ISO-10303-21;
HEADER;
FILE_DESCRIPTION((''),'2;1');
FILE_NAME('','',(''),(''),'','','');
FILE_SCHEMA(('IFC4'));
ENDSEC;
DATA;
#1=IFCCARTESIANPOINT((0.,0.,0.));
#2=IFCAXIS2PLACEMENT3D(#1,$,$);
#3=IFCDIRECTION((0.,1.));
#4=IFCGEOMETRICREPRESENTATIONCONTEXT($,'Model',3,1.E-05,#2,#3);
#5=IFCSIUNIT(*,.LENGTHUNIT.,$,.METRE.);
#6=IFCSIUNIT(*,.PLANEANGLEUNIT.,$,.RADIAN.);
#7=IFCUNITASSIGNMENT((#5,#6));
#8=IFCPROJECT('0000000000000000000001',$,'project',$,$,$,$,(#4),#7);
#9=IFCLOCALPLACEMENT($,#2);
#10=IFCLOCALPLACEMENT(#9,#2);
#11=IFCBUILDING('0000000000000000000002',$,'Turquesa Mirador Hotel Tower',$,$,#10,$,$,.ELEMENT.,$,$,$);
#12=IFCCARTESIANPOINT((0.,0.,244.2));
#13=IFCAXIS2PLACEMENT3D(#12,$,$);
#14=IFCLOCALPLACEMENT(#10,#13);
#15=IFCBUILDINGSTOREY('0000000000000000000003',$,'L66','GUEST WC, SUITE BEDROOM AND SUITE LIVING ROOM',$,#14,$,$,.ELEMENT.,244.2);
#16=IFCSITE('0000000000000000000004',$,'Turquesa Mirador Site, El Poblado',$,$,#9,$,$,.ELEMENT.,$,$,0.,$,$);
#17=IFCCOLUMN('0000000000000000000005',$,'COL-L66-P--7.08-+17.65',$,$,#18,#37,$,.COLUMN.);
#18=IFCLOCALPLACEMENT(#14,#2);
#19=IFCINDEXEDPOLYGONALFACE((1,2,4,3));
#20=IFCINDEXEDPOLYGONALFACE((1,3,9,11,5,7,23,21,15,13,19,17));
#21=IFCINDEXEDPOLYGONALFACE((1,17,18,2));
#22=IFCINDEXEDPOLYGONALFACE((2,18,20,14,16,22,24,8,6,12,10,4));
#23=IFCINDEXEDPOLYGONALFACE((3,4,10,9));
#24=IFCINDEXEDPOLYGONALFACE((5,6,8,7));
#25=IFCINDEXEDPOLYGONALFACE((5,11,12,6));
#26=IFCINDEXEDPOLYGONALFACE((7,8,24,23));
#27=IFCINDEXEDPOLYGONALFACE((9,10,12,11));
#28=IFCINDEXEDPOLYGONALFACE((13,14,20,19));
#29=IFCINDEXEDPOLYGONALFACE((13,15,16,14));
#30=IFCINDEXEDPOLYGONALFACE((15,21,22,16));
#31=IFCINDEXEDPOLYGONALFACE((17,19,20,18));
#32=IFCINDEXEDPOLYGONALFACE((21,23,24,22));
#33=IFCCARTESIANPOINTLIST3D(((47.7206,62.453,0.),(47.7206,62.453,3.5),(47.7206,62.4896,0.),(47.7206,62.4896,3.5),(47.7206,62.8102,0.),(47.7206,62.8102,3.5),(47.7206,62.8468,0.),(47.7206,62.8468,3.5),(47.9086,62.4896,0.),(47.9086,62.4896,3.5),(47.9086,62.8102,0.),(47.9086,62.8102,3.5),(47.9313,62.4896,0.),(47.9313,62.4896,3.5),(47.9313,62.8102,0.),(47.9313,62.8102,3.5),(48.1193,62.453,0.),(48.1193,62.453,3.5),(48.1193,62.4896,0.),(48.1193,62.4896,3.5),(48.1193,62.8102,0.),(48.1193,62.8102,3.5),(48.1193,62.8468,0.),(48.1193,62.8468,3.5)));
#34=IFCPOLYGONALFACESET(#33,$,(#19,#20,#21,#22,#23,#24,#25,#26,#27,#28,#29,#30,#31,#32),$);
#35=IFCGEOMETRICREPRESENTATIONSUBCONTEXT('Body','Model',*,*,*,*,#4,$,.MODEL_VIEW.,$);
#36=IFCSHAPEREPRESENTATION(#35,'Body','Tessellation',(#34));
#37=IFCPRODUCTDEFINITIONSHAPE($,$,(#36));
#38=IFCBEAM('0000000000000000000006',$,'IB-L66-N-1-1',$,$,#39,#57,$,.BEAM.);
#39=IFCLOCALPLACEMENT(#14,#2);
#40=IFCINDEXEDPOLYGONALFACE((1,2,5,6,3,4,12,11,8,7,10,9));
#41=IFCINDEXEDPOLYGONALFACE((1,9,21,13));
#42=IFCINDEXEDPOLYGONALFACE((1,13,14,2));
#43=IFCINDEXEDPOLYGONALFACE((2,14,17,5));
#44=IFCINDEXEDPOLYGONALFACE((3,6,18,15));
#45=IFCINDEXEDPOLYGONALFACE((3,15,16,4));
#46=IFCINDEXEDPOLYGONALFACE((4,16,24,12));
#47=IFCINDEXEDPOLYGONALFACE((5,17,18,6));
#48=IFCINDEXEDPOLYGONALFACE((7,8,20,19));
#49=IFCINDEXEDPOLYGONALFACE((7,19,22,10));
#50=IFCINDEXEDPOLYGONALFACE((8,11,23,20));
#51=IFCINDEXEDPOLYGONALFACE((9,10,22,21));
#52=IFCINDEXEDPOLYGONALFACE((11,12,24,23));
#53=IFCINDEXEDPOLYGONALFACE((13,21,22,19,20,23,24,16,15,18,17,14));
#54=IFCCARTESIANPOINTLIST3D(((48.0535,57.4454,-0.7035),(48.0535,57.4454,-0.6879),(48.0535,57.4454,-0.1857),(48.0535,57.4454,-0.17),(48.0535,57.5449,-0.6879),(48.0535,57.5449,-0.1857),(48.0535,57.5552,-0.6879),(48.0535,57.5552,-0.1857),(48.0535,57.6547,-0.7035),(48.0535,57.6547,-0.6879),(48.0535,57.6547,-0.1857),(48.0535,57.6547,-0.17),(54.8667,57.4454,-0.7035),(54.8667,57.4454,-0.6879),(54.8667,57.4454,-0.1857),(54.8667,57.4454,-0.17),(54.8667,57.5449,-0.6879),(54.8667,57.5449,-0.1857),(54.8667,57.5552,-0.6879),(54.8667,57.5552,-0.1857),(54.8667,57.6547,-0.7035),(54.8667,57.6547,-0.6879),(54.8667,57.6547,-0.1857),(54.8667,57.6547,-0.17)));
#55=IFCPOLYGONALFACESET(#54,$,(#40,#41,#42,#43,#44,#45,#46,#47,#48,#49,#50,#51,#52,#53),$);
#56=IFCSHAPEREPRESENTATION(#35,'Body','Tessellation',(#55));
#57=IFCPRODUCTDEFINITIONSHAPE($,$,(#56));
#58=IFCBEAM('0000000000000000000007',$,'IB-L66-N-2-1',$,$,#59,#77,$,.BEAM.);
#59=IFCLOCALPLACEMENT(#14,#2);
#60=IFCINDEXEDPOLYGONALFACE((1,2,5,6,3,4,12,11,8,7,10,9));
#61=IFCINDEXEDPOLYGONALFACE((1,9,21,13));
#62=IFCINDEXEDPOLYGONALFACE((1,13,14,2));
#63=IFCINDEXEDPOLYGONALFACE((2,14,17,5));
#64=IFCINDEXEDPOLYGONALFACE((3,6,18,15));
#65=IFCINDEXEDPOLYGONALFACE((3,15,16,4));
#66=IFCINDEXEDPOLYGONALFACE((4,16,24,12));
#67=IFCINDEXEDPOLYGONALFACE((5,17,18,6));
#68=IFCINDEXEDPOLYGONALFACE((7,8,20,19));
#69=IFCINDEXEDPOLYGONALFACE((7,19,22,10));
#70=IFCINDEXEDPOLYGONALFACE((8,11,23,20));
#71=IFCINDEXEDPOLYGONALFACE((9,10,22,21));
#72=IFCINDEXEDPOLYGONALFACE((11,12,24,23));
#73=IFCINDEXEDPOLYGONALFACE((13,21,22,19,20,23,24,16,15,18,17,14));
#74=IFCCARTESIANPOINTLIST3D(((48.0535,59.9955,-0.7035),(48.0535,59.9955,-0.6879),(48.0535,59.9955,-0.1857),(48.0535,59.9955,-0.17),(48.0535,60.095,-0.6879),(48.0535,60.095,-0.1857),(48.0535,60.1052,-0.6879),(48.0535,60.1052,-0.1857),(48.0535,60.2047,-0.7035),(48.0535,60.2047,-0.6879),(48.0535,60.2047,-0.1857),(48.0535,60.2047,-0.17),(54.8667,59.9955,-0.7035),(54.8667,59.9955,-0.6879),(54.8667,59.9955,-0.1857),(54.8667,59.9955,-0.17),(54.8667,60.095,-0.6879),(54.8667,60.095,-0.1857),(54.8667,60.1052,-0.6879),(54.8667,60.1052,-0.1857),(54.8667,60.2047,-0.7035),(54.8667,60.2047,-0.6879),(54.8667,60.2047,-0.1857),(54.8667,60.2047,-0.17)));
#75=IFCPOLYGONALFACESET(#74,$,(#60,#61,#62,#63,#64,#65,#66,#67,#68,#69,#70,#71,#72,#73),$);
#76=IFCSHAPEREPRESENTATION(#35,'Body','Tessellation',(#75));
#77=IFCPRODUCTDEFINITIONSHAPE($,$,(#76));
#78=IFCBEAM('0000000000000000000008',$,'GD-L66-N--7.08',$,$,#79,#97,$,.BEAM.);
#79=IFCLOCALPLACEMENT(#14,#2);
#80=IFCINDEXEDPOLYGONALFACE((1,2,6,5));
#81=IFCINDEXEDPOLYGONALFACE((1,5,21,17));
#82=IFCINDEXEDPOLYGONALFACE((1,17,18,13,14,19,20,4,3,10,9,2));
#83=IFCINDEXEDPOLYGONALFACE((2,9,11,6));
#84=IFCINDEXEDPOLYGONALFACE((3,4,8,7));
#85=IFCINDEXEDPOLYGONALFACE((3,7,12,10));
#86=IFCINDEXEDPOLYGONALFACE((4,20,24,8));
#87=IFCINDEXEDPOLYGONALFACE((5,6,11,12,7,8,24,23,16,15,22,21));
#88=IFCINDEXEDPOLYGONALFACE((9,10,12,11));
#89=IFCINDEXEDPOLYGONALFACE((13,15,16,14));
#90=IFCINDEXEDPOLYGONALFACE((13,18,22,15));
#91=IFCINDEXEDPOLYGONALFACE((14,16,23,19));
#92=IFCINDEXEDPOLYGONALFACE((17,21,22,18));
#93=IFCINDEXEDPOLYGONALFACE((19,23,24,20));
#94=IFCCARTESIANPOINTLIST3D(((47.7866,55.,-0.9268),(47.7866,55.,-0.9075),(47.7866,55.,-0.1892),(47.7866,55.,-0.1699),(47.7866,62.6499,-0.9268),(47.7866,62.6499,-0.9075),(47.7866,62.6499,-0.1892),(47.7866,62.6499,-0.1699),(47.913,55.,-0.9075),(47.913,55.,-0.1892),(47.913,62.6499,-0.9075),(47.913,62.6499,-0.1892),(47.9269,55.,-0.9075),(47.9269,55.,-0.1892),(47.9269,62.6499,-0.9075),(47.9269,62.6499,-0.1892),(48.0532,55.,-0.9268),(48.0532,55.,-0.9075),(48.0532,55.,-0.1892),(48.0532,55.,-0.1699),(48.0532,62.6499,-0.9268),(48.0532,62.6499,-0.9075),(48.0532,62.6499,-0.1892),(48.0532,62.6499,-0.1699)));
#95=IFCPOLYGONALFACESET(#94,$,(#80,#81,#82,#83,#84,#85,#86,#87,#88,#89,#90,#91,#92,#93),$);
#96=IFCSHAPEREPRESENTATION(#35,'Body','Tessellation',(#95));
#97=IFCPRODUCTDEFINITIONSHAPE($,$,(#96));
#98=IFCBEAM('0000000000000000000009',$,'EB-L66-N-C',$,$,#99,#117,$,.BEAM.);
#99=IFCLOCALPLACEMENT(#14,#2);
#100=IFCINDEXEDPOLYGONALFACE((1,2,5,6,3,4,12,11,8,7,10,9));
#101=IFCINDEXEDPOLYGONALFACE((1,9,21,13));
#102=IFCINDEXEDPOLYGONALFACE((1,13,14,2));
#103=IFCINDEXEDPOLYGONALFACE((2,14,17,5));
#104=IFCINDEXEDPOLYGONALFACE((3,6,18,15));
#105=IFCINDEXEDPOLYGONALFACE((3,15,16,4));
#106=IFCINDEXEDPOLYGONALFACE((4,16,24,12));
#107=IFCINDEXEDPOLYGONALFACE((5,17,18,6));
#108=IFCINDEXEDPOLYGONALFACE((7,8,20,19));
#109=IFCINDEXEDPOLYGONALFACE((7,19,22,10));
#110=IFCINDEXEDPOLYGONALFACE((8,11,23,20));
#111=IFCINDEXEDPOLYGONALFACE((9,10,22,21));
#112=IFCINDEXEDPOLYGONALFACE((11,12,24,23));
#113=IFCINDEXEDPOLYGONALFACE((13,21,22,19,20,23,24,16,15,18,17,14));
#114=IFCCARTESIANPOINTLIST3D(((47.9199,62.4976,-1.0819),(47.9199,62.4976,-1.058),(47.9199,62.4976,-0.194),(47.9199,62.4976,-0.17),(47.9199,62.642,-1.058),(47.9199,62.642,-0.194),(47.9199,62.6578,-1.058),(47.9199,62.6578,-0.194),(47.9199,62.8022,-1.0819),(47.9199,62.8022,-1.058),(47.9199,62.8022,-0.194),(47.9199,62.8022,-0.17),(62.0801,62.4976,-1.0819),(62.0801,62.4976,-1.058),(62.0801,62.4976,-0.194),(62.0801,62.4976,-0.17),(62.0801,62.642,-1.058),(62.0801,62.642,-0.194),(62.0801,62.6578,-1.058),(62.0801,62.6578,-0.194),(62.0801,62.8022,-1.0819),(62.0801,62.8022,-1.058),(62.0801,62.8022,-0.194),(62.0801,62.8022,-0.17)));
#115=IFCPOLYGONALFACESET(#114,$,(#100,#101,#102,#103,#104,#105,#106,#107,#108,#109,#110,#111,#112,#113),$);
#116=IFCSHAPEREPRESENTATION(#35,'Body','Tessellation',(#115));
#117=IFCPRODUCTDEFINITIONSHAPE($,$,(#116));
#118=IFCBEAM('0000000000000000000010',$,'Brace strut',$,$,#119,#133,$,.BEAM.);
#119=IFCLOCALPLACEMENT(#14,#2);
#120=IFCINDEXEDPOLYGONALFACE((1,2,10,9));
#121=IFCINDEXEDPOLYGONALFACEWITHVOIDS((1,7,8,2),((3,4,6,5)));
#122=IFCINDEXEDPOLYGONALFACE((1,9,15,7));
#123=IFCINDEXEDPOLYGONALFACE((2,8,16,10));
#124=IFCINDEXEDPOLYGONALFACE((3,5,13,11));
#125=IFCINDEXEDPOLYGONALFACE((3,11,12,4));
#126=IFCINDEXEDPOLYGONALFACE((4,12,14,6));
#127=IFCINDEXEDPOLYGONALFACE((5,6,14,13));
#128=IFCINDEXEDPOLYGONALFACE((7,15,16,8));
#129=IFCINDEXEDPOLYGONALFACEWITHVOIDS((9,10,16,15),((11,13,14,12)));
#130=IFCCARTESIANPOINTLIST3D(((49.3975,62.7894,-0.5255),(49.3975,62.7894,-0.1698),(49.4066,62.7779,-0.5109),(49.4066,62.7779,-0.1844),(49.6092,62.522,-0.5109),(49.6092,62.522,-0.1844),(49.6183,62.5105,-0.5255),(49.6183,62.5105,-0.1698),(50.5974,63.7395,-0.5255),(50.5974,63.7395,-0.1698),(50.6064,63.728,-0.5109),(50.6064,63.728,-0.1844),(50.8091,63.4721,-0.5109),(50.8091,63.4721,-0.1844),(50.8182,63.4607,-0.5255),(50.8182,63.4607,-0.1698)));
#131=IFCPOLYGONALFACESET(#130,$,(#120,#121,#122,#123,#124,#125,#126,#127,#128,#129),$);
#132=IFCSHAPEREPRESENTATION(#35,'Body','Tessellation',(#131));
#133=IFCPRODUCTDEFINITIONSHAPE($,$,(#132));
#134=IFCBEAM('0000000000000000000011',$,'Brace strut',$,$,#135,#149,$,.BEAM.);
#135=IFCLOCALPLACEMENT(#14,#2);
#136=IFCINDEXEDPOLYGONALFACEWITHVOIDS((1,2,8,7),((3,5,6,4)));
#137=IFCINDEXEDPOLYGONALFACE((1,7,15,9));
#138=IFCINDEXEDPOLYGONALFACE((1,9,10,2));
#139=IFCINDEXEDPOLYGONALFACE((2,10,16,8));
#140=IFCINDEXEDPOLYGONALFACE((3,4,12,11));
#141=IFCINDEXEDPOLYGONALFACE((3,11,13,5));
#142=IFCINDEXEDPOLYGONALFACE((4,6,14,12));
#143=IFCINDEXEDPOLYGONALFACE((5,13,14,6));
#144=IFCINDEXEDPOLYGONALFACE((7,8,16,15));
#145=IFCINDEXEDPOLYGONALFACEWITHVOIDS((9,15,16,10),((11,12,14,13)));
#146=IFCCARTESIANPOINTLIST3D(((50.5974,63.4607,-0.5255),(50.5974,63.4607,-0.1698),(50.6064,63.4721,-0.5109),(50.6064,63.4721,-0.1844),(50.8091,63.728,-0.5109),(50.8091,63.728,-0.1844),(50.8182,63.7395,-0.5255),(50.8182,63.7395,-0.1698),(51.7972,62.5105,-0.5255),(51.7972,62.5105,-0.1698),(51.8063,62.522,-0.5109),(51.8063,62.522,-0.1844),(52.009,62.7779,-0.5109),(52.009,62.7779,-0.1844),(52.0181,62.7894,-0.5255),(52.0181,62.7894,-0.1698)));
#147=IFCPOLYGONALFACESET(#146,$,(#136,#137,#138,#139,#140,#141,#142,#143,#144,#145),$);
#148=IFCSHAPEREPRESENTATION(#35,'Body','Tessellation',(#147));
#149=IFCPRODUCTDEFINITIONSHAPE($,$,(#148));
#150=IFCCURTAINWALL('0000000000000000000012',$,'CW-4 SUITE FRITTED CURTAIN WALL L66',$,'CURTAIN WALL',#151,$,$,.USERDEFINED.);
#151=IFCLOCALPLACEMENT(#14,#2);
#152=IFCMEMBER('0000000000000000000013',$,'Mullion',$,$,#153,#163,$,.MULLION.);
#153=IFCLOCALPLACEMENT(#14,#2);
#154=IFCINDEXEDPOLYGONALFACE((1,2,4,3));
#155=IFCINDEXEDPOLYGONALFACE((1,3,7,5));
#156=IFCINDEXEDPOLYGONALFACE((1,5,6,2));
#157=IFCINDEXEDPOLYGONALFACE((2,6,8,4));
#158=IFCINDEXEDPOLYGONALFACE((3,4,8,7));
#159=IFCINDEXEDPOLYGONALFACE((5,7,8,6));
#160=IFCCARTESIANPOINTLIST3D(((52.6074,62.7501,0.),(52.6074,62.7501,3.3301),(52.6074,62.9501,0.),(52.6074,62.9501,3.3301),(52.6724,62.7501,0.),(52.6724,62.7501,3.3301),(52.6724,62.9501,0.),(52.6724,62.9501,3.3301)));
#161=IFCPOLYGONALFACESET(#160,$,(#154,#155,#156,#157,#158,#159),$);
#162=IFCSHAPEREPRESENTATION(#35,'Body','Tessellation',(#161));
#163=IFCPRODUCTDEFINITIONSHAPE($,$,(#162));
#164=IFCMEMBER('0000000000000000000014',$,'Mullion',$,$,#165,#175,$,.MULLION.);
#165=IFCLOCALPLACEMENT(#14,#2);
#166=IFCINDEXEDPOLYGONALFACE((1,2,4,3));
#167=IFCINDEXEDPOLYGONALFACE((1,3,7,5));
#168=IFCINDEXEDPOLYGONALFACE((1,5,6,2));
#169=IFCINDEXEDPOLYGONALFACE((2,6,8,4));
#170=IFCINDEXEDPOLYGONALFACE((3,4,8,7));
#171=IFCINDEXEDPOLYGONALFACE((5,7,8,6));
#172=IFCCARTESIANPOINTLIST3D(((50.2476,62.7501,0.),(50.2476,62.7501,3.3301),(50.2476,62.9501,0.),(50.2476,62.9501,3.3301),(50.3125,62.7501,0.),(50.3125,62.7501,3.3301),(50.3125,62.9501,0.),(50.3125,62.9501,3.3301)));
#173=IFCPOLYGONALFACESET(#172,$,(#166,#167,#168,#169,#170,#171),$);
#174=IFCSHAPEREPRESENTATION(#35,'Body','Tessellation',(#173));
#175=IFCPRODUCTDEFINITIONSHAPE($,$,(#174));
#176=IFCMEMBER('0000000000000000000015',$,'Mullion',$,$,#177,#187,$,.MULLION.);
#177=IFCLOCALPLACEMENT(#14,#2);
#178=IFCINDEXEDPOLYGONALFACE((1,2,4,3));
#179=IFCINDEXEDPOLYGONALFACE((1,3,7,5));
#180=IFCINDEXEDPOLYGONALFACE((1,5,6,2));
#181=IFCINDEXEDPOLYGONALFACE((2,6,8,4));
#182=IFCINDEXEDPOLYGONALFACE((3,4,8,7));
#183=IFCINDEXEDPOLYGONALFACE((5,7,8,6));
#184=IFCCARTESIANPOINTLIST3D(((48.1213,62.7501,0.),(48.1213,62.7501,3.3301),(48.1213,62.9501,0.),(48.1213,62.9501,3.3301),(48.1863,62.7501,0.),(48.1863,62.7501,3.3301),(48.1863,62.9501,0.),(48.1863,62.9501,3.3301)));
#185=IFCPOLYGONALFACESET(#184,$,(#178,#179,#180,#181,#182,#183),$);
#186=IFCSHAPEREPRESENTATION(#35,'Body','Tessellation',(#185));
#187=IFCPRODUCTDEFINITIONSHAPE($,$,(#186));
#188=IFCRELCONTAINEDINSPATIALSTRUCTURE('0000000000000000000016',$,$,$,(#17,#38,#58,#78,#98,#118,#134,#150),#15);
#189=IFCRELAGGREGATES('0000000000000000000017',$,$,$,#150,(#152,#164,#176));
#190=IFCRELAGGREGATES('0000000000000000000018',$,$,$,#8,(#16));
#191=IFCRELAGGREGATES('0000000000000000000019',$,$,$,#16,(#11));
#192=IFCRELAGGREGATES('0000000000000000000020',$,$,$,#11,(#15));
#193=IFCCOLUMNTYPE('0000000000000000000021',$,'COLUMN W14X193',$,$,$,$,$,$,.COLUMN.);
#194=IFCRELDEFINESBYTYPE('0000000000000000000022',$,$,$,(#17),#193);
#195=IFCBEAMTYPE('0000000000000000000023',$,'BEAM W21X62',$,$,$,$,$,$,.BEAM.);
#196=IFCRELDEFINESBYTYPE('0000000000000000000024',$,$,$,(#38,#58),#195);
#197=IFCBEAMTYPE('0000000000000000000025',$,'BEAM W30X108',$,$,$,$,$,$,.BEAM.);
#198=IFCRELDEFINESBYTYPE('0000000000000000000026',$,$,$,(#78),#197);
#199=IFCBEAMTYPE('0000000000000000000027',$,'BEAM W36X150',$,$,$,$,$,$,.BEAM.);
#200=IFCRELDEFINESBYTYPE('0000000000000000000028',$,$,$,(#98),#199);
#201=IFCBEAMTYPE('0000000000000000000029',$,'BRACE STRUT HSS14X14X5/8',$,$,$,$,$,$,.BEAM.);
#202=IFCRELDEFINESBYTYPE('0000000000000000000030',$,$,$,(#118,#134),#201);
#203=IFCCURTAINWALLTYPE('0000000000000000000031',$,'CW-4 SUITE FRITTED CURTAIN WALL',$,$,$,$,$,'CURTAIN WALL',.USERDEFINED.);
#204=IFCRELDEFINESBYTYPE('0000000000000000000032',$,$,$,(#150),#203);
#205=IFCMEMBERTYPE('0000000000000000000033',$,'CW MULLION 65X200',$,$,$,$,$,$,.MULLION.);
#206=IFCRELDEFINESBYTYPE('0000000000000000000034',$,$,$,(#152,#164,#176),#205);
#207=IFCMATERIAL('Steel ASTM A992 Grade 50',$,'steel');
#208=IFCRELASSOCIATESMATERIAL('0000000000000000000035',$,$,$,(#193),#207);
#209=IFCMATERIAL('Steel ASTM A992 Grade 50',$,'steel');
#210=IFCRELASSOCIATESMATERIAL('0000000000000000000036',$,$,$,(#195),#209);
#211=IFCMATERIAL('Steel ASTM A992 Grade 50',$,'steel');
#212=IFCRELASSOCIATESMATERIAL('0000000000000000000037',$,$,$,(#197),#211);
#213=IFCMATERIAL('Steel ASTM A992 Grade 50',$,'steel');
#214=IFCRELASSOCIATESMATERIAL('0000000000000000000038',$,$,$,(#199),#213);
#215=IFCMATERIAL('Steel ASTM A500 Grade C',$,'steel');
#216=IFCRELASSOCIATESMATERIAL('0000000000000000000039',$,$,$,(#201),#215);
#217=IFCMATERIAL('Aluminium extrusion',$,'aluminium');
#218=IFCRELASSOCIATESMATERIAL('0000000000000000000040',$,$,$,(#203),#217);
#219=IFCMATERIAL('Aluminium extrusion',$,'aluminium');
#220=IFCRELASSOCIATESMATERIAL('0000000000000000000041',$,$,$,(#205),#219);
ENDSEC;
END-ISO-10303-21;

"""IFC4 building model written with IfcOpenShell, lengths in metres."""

from ifc_helpers import new_model, si_unit, direction, frame, origin, origin_2d, place, context, subcontext, project, spatial, rectangle, hollow_rectangle, i_section, extrude, material, material_profile, profile_set, type_object, element, aggregate, save


model = new_model("IFC4")

# Units and contexts
model_context = context("Model", 3, precision=1e-05, world=origin(), true_north=direction((0.0, 1.0)))
body_context = subcontext(model_context, "Body", "Model", "MODEL_VIEW")
ifc_project = project(units=[si_unit("LENGTHUNIT", "METRE"), si_unit("PLANEANGLEUNIT", "RADIAN")], contexts=[model_context])

# Site, building, storey
site_placement = place(None, origin())
site = spatial("IfcSite", under=ifc_project, at=site_placement, Name="Turquesa Mirador Site, El Poblado", CompositionType="ELEMENT", RefElevation=0.0)
building_placement = place(site_placement, origin())
building = spatial("IfcBuilding", under=site, at=building_placement, Name="Turquesa Mirador Hotel Tower", CompositionType="ELEMENT")
storey_placement = place(building_placement, frame((0.0, 0.0, 244.2)))
storey = spatial("IfcBuildingStorey", under=building, at=storey_placement, Name="L66", Description="GUEST WC, SUITE BEDROOM AND SUITE LIVING ROOM", CompositionType="ELEMENT", Elevation=244.2)

# Column
ifc_material_1 = material(Name="Steel ASTM A992 Grade 50", Category="steel")
ifc_material_profile_1 = material_profile(ifc_material_1, i_section(OverallWidth=0.3987, OverallDepth=0.3938, WebThickness=0.0227, FlangeThickness=0.0366, at=origin_2d()), Name="W14X193")
ifc_profile_set_1 = profile_set([ifc_material_profile_1], Name="Steel ASTM A992 Grade 50")
column_type = type_object("IfcColumnType", Name="COLUMN W14X193", PredefinedType="COLUMN", material=ifc_profile_set_1)
column_placement = place(storey_placement, frame((47.9199, 62.6499, 0.0), z_axis=(0.0, 0.0, 1.0), x_axis=(1.0, 0.0, 0.0)))
element("IfcColumn", 1, at=column_placement, inside=storey, type_object=column_type, Name="COL-L66-P--7.08-+17.65", PredefinedType="COLUMN", context=body_context, shape_type="SweptSolid", body=[
    extrude(i_section(OverallWidth=0.3987, OverallDepth=0.3938, WebThickness=0.0227, FlangeThickness=0.0366, at=origin_2d()), origin(), (0.0, 0.0, 1.0), 3.5),
])

# Beams
ifc_material_2 = material(Name="Steel ASTM A992 Grade 50", Category="steel")
ifc_material_profile_2 = material_profile(ifc_material_2, i_section(OverallWidth=0.2092, OverallDepth=0.5334, WebThickness=0.0103, FlangeThickness=0.0156, at=origin_2d()), Name="W21X62")
ifc_profile_set_2 = profile_set([ifc_material_profile_2], Name="Steel ASTM A992 Grade 50")
beam_type_1 = type_object("IfcBeamType", Name="BEAM W21X62", PredefinedType="BEAM", material=ifc_profile_set_2)
for number, where, z_axis, x_axis, name in (
    (2, (48.0535, 57.55, -0.4368), (1.0, 0.0, 0.0), (0.0, 1.0, 0.0), "IB-L66-N-1-1"),
    (3, (48.0535, 60.1001, -0.4368), (1.0, 0.0, 0.0), (0.0, 1.0, 0.0), "IB-L66-N-2-1"),
):
    element("IfcBeam", number, at=place(storey_placement, frame(where, z_axis=z_axis, x_axis=x_axis)), inside=storey, type_object=beam_type_1, Name=name, PredefinedType="BEAM", context=body_context, shape_type="SweptSolid", body=[
        extrude(i_section(OverallWidth=0.2092, OverallDepth=0.5334, WebThickness=0.0103, FlangeThickness=0.0156, at=origin_2d()), origin(), (0.0, 0.0, 1.0), 6.8132),
    ])
ifc_material_3 = material(Name="Steel ASTM A992 Grade 50", Category="steel")
ifc_material_profile_3 = material_profile(ifc_material_3, i_section(OverallWidth=0.2666, OverallDepth=0.7568, WebThickness=0.0139, FlangeThickness=0.0193, at=origin_2d()), Name="W30X108")
ifc_profile_set_3 = profile_set([ifc_material_profile_3], Name="Steel ASTM A992 Grade 50")
beam_type_2 = type_object("IfcBeamType", Name="BEAM W30X108", PredefinedType="BEAM", material=ifc_profile_set_3)
beam_1_placement = place(storey_placement, frame((47.9199, 62.6499, -0.5483), z_axis=(0.0, -1.0, 0.0), x_axis=(1.0, 0.0, 0.0)))
element("IfcBeam", 4, at=beam_1_placement, inside=storey, type_object=beam_type_2, Name="GD-L66-N--7.08", PredefinedType="BEAM", context=body_context, shape_type="SweptSolid", body=[
    extrude(i_section(OverallWidth=0.2666, OverallDepth=0.7568, WebThickness=0.0139, FlangeThickness=0.0193, at=origin_2d()), origin(), (0.0, 0.0, 1.0), 7.6499),
])
ifc_material_4 = material(Name="Steel ASTM A992 Grade 50", Category="steel")
ifc_material_profile_4 = material_profile(ifc_material_4, i_section(OverallWidth=0.3047, OverallDepth=0.9119, WebThickness=0.0159, FlangeThickness=0.0239, at=origin_2d()), Name="W36X150")
ifc_profile_set_4 = profile_set([ifc_material_profile_4], Name="Steel ASTM A992 Grade 50")
beam_type_3 = type_object("IfcBeamType", Name="BEAM W36X150", PredefinedType="BEAM", material=ifc_profile_set_4)
beam_2_placement = place(storey_placement, frame((47.9199, 62.6499, -0.626), z_axis=(1.0, 0.0, 0.0), x_axis=(0.0, 1.0, 0.0)))
element("IfcBeam", 5, at=beam_2_placement, inside=storey, type_object=beam_type_3, Name="EB-L66-N-C", PredefinedType="BEAM", context=body_context, shape_type="SweptSolid", body=[
    extrude(i_section(OverallWidth=0.3047, OverallDepth=0.9119, WebThickness=0.0159, FlangeThickness=0.0239, at=origin_2d()), origin(), (0.0, 0.0, 1.0), 14.1602),
])
ifc_material_5 = material(Name="Steel ASTM A500 Grade C", Category="steel")
ifc_material_profile_5 = material_profile(ifc_material_5, hollow_rectangle(XDim=0.3557, YDim=0.3557, WallThickness=0.0146, at=origin_2d()), Name="HSS14X14X5/8")
ifc_profile_set_5 = profile_set([ifc_material_profile_5], Name="Steel ASTM A500 Grade C")
beam_type_4 = type_object("IfcBeamType", Name="BRACE STRUT HSS14X14X5/8", PredefinedType="BEAM", material=ifc_profile_set_5)
for number, where, z_axis, x_axis, name in (
    (6, (50.7078, 63.6001, -0.3477), (-0.783971, -0.620797, 0.0), (0.620797, -0.783971, 0.0), "Brace strut"),
    (7, (50.7078, 63.6001, -0.3477), (0.783971, -0.620797, 0.0), (0.620797, 0.783971, 0.0), "Brace strut"),
):
    element("IfcBeam", number, at=place(storey_placement, frame(where, z_axis=z_axis, x_axis=x_axis)), inside=storey, type_object=beam_type_4, Name=name, PredefinedType="BEAM", context=body_context, shape_type="SweptSolid", body=[
        extrude(hollow_rectangle(XDim=0.3557, YDim=0.3557, WallThickness=0.0146, at=origin_2d()), origin(), (0.0, 0.0, 1.0), 1.5305),
    ])

# Curtain wall, members
ifc_material_6 = material(Name="Aluminium extrusion", Category="aluminium")
curtain_wall_type = type_object("IfcCurtainWallType", Name="CW-4 SUITE FRITTED CURTAIN WALL", ElementType="CURTAIN WALL", PredefinedType="USERDEFINED", material=ifc_material_6)
curtain_wall_1_placement = place(storey_placement, origin())
curtain_wall_1 = element("IfcCurtainWall", 8, at=curtain_wall_1_placement, inside=storey, type_object=curtain_wall_type, Name="CW-4 SUITE FRITTED CURTAIN WALL L66", ObjectType="CURTAIN WALL", PredefinedType="USERDEFINED")
ifc_material_7 = material(Name="Aluminium extrusion", Category="aluminium")
ifc_material_profile_6 = material_profile(ifc_material_7, rectangle(XDim=0.0649, YDim=0.2, at=origin_2d()), Name="MULLION 65X200")
ifc_profile_set_6 = profile_set([ifc_material_profile_6], Name="Aluminium extrusion")
member_type_1 = type_object("IfcMemberType", Name="CW MULLION 65X200", PredefinedType="MULLION", material=ifc_profile_set_6)
member_1_placement = place(storey_placement, frame((52.6399, 62.8501, 0.0), z_axis=(0.0, 0.0, 1.0), x_axis=(-1.0, 0.0, 0.0)))
member_1 = element("IfcMember", 9, at=member_1_placement, type_object=member_type_1, Name="Mullion", PredefinedType="MULLION", context=body_context, shape_type="SweptSolid", body=[
    extrude(rectangle(XDim=0.0649, YDim=0.2, at=origin_2d()), origin(), (0.0, 0.0, 1.0), 3.3301),
])
member_2_placement = place(storey_placement, frame((50.28, 62.8501, 0.0), z_axis=(0.0, 0.0, 1.0), x_axis=(-1.0, 0.0, 0.0)))
member_2 = element("IfcMember", 10, at=member_2_placement, type_object=member_type_1, Name="Mullion", PredefinedType="MULLION", context=body_context, shape_type="SweptSolid", body=[
    extrude(rectangle(XDim=0.0649, YDim=0.2, at=origin_2d()), origin(), (0.0, 0.0, 1.0), 3.3301),
])
member_3_placement = place(storey_placement, frame((48.1538, 62.8501, 0.0), z_axis=(0.0, 0.0, 1.0), x_axis=(-1.0, 0.0, 0.0)))
member_3 = element("IfcMember", 11, at=member_3_placement, type_object=member_type_1, Name="Mullion", PredefinedType="MULLION", context=body_context, shape_type="SweptSolid", body=[
    extrude(rectangle(XDim=0.0649, YDim=0.2, at=origin_2d()), origin(), (0.0, 0.0, 1.0), 3.3301),
])

aggregate(curtain_wall_1, [member_1, member_2, member_3])

save(model, "model.ifc")
